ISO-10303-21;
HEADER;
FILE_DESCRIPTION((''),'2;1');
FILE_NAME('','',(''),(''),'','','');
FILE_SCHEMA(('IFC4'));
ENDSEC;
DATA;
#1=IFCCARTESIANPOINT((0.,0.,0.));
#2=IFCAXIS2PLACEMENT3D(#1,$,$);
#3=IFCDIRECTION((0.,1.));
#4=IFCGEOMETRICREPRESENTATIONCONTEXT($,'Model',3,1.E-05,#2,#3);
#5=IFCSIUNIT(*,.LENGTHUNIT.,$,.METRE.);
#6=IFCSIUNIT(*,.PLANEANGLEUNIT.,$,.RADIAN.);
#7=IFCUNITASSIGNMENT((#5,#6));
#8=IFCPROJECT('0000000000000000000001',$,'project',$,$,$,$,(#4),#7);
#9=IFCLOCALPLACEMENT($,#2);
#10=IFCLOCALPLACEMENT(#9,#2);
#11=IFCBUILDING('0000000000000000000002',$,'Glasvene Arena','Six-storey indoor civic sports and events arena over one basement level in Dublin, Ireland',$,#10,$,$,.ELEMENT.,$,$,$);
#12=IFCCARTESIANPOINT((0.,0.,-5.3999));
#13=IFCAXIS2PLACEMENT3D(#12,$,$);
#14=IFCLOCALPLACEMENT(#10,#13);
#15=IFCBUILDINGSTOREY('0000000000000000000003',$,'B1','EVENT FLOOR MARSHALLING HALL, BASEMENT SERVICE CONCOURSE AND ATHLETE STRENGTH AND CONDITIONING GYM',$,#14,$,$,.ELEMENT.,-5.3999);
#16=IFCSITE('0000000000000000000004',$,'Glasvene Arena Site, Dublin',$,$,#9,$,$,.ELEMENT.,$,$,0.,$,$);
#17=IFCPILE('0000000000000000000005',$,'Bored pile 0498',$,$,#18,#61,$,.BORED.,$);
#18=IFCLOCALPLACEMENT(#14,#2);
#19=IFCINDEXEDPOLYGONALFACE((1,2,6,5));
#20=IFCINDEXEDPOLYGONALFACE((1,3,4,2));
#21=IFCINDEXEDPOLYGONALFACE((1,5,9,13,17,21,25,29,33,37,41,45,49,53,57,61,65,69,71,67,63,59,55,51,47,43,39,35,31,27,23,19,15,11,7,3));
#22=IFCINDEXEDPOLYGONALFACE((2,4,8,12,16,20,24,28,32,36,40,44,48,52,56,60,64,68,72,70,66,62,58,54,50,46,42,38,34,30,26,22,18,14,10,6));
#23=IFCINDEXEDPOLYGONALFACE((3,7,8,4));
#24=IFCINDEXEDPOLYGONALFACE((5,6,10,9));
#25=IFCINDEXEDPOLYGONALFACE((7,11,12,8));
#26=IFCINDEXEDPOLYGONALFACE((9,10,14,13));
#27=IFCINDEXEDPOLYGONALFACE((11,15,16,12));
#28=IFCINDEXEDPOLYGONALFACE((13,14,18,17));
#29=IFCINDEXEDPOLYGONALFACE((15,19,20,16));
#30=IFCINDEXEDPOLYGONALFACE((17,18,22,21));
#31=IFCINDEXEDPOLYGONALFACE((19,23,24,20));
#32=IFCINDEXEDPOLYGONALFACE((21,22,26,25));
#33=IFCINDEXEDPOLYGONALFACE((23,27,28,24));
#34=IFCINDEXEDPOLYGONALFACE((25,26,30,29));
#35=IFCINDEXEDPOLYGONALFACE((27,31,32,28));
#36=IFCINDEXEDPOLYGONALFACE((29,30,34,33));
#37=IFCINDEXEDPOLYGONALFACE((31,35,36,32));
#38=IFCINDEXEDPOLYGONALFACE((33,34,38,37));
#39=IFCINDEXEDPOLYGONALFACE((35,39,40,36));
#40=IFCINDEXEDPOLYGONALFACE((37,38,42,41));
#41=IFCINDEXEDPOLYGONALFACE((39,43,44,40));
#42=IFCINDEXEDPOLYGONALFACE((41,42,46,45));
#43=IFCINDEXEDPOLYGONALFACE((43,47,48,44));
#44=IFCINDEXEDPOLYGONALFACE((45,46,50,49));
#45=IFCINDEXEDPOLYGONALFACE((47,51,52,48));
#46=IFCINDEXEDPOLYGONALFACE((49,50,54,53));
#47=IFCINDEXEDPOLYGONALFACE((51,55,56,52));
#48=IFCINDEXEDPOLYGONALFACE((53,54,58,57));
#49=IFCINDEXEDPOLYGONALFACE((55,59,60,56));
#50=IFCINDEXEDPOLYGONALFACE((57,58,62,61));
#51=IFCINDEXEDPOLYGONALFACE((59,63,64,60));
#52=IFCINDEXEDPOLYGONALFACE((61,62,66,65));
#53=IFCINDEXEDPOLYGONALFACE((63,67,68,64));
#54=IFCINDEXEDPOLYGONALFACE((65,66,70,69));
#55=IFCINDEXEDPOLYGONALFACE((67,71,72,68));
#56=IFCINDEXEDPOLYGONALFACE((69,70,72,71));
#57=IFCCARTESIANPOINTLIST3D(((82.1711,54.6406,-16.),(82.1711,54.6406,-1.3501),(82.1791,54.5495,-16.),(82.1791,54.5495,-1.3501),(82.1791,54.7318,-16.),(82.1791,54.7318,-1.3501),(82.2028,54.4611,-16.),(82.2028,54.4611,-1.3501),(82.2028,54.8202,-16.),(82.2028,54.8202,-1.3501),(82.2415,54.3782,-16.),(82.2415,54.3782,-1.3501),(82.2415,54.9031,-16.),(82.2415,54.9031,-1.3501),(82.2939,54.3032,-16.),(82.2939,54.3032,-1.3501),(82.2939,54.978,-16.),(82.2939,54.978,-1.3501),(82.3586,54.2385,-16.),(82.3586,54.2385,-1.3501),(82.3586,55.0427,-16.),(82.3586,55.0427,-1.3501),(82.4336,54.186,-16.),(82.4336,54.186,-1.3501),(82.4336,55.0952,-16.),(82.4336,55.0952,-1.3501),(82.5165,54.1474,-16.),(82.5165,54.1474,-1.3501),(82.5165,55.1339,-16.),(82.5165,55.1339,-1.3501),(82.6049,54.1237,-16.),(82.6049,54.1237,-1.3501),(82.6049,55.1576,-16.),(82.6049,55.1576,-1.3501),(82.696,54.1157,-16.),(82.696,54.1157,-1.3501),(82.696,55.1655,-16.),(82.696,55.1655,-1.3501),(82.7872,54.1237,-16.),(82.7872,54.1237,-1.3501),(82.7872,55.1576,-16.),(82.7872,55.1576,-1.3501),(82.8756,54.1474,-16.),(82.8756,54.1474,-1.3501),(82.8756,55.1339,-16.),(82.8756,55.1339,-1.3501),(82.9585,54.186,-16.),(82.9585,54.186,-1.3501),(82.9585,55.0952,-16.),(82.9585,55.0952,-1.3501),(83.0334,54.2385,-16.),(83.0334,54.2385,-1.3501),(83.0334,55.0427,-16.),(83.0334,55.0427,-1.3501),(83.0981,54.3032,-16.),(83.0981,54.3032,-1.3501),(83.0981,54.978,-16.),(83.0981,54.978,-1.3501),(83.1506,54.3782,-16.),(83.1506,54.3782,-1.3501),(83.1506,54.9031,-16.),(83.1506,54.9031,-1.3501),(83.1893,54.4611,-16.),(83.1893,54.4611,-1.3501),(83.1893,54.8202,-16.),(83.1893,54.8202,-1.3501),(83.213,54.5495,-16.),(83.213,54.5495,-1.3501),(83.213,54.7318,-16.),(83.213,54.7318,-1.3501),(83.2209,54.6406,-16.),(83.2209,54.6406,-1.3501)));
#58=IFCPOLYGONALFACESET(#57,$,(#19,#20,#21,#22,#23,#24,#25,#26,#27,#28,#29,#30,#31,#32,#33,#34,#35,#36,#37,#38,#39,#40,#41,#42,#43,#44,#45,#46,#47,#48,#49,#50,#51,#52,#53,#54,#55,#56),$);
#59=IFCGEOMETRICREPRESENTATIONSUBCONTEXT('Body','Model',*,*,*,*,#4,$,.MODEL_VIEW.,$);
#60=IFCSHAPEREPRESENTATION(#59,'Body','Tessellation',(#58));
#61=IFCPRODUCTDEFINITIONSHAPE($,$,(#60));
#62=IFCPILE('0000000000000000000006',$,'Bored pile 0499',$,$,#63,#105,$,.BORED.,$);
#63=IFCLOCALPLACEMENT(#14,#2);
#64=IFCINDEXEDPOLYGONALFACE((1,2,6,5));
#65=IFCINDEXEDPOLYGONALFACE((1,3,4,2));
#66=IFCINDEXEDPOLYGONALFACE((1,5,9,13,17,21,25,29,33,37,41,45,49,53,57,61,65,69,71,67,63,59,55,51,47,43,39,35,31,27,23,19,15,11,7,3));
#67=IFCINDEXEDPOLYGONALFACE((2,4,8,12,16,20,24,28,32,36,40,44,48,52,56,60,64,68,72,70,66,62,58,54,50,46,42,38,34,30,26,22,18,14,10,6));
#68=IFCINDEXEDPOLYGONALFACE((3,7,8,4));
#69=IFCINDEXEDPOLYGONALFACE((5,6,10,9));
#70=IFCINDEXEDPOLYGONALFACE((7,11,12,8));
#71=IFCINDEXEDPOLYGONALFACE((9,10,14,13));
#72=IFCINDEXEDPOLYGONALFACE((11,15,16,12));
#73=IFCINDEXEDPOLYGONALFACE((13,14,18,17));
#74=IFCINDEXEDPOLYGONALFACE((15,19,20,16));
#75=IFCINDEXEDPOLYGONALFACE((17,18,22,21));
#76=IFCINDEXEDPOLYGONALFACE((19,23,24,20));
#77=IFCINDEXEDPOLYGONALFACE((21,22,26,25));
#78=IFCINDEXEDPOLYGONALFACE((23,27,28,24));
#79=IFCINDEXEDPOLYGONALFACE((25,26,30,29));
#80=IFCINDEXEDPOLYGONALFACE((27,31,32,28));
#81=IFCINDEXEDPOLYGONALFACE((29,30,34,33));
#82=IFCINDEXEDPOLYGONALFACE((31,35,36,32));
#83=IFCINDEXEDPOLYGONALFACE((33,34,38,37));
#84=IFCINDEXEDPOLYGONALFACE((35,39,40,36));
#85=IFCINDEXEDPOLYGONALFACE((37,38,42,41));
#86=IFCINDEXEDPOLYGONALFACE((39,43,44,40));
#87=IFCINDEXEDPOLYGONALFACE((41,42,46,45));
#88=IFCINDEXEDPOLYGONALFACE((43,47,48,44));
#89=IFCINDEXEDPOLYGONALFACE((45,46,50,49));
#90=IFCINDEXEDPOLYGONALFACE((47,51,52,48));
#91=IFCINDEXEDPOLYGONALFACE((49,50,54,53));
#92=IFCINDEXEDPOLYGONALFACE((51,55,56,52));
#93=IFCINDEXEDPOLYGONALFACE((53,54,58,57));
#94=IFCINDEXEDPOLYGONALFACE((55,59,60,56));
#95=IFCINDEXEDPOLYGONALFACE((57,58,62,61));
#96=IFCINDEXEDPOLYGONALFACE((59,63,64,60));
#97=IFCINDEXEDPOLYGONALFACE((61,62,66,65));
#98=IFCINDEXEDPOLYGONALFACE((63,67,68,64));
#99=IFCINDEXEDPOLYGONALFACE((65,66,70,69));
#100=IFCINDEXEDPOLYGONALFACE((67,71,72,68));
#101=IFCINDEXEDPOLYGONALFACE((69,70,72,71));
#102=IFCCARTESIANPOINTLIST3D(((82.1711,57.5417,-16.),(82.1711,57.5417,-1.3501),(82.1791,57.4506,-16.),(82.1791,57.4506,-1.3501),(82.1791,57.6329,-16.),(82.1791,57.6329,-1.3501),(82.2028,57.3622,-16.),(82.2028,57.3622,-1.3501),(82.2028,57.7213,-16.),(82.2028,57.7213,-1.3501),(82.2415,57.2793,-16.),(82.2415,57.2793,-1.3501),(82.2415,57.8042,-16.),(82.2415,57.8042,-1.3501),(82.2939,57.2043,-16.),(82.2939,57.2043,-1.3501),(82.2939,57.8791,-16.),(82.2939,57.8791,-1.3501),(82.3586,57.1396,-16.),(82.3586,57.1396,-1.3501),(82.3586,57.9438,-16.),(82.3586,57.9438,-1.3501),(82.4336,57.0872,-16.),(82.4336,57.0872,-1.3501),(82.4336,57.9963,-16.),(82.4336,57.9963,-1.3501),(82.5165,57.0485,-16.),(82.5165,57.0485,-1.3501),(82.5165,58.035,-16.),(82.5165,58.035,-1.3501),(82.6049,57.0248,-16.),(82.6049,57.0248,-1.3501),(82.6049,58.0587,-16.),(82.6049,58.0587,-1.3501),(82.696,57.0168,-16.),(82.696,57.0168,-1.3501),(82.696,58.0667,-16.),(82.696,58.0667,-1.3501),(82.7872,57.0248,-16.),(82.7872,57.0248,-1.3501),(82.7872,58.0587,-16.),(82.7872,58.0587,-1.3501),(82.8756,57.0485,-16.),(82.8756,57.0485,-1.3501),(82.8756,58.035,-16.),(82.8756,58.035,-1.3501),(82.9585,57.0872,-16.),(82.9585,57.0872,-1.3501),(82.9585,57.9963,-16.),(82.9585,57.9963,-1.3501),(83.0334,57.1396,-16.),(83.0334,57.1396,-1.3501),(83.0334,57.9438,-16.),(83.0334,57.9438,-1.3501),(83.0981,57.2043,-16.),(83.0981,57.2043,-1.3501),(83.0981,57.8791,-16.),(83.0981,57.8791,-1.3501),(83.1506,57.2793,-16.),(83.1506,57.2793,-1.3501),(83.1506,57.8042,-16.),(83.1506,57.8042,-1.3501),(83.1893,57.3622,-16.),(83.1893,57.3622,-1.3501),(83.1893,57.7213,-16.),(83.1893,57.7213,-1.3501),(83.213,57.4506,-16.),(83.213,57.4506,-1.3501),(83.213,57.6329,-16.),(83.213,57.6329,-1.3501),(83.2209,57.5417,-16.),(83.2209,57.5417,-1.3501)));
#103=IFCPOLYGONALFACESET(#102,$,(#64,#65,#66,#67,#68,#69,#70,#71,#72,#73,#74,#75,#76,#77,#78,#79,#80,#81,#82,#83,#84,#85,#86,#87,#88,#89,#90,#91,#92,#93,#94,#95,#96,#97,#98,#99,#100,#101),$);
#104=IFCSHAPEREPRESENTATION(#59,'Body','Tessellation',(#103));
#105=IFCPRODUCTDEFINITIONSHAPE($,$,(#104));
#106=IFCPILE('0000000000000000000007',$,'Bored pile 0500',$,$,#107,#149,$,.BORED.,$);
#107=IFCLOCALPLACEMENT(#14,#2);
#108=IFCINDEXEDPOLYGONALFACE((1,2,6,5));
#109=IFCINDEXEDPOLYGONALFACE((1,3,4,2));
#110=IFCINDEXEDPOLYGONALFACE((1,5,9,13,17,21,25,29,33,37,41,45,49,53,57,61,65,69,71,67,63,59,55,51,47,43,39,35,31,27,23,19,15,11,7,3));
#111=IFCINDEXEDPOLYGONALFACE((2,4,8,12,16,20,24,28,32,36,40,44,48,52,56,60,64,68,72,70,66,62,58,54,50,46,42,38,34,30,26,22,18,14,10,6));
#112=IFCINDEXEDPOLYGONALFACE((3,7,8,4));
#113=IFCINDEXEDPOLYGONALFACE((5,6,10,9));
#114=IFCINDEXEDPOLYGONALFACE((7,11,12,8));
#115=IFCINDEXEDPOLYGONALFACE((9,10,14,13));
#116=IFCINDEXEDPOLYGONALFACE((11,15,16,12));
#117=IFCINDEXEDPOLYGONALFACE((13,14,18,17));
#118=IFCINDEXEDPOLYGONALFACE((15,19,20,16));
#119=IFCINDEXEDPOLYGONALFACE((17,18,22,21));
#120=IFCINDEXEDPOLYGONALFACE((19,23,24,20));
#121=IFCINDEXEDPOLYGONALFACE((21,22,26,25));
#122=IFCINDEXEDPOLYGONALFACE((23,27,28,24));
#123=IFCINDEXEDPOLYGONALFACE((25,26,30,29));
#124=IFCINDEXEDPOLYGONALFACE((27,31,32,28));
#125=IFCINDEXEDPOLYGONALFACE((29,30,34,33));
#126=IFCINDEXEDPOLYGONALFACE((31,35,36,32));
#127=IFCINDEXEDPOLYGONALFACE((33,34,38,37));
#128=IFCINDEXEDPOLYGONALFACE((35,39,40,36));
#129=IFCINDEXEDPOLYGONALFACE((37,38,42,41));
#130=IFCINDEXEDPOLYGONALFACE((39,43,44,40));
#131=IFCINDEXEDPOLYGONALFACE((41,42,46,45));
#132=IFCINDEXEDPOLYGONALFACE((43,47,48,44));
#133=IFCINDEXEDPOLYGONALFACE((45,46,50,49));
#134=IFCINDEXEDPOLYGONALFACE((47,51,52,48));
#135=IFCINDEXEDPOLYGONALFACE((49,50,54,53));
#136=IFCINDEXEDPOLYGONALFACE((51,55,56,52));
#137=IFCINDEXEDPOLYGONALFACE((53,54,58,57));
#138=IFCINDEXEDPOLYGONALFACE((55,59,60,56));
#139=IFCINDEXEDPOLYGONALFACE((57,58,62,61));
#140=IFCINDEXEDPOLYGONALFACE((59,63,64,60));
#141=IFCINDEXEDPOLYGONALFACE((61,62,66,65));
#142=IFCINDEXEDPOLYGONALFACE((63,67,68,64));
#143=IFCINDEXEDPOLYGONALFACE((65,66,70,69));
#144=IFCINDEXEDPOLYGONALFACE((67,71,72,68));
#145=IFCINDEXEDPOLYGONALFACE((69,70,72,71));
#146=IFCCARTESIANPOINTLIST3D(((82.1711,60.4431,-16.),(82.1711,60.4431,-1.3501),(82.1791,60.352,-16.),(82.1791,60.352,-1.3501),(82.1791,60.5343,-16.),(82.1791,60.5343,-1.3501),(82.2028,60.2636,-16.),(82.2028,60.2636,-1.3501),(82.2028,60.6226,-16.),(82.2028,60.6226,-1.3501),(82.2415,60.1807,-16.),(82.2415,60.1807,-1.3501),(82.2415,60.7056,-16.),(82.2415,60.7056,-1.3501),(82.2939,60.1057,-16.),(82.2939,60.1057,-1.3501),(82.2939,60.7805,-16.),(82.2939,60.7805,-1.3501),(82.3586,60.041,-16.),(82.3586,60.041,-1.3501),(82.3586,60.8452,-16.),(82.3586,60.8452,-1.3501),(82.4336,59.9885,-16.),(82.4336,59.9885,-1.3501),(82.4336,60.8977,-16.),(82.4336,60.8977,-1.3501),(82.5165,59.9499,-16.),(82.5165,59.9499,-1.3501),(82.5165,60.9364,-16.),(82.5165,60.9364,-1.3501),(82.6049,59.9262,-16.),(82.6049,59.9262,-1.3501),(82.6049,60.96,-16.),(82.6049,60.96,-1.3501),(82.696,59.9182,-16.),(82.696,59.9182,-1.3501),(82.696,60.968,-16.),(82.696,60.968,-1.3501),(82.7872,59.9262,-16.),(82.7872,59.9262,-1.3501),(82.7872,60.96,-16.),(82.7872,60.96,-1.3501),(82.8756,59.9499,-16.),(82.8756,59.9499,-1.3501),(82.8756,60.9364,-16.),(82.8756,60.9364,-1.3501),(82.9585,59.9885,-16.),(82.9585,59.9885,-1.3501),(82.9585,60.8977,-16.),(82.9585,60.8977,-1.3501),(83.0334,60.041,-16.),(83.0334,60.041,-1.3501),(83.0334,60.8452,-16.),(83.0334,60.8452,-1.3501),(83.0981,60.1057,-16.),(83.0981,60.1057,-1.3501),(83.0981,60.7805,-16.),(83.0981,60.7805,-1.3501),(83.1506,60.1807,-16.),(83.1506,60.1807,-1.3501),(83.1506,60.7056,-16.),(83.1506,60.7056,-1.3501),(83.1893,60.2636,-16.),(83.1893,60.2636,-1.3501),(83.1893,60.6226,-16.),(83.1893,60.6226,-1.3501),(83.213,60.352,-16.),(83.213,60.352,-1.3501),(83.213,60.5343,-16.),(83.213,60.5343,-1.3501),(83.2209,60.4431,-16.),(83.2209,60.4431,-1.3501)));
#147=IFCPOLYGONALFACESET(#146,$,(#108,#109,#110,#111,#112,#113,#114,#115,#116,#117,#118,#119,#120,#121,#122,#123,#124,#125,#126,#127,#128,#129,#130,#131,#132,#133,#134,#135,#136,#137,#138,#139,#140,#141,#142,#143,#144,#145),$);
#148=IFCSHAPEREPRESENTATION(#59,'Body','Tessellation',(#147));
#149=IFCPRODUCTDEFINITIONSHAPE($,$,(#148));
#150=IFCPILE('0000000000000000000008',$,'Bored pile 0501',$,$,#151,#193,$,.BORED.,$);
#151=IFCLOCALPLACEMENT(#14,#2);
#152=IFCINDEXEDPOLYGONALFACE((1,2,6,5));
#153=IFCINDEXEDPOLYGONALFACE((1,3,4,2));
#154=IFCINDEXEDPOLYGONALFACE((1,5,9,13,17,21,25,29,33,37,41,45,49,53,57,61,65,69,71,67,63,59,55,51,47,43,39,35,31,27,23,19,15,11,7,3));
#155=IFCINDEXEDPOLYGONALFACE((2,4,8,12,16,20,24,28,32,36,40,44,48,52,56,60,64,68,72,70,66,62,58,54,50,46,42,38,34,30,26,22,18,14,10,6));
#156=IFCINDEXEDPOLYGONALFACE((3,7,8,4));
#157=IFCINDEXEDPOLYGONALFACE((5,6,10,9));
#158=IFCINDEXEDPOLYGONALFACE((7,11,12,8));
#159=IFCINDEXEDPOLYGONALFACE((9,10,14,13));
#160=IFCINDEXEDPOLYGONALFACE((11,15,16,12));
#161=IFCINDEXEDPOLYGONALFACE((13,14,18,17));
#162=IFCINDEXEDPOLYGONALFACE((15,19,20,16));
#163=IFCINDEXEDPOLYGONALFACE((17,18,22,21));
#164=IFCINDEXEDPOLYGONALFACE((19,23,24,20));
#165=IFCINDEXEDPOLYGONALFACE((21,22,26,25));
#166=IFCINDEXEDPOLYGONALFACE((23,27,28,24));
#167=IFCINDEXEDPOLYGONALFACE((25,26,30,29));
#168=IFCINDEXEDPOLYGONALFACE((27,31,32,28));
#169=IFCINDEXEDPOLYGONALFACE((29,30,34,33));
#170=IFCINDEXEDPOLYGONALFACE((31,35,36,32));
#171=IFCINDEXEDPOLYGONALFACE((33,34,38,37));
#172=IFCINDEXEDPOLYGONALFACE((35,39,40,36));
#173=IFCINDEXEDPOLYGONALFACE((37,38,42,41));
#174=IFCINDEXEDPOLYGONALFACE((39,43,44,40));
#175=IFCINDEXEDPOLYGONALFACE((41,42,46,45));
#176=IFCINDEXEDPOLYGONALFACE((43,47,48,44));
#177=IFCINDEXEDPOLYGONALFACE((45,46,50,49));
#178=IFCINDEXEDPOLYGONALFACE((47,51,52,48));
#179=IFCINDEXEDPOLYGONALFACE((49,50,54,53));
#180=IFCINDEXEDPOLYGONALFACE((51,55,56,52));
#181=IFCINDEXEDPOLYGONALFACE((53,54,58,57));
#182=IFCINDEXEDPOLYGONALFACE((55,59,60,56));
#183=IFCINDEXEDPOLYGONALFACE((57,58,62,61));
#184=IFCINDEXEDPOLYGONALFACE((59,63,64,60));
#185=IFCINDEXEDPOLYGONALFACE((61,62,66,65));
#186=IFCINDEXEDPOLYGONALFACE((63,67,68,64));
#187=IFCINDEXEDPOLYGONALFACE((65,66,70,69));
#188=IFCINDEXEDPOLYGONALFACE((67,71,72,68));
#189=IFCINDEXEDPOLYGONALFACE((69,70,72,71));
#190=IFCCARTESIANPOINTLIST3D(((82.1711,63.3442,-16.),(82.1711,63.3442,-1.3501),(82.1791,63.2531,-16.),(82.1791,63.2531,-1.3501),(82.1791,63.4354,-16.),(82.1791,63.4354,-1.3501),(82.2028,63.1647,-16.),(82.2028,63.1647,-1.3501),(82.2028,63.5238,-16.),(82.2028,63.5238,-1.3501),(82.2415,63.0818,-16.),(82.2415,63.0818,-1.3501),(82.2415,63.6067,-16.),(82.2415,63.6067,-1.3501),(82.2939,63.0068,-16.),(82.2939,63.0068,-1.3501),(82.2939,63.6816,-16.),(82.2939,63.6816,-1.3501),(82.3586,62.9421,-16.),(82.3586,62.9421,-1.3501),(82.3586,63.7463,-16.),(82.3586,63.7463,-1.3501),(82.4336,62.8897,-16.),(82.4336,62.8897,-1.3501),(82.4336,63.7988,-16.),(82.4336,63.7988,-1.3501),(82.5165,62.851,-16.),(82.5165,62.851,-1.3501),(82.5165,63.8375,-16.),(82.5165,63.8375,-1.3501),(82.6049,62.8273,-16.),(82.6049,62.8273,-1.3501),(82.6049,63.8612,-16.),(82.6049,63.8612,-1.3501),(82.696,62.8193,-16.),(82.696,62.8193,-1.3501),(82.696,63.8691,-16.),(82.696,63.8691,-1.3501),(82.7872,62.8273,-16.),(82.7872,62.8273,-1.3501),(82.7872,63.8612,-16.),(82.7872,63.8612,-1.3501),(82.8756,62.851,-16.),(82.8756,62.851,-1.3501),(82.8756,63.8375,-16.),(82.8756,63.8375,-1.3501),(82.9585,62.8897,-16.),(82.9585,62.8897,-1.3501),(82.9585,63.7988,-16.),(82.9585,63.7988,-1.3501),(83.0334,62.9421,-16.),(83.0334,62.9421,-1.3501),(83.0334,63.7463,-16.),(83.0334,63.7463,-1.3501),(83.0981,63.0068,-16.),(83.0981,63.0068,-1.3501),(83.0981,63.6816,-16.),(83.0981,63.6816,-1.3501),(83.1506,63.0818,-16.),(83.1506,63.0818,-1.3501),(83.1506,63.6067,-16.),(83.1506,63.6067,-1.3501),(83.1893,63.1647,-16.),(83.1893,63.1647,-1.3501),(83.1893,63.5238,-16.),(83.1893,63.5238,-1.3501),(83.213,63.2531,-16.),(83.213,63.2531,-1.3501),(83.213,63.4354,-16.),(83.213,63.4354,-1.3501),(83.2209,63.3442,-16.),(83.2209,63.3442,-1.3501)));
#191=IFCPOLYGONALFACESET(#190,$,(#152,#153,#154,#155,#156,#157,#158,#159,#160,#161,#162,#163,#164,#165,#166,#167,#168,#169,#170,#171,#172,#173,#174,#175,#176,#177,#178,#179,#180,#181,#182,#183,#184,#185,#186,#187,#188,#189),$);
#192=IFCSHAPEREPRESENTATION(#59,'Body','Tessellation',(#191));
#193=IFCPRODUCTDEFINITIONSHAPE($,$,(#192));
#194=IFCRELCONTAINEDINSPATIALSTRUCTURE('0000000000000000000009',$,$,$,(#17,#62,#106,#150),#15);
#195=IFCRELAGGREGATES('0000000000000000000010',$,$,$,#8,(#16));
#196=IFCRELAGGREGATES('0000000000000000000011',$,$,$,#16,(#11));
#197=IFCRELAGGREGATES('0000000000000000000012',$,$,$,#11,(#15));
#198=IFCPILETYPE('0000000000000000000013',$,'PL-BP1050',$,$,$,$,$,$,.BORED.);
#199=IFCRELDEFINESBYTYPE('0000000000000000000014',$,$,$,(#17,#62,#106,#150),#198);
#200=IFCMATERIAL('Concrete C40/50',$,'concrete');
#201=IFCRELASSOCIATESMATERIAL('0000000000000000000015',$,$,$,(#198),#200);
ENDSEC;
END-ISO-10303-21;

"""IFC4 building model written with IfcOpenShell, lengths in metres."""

from ifc_helpers import new_model, si_unit, direction, frame, origin, origin_2d, place, context, subcontext, project, spatial, circle, extrude, material, material_profile, profile_set, type_object, element, save


model = new_model("IFC4")

# Units and contexts
model_context = context("Model", 3, precision=1e-05, world=origin(), true_north=direction((0.0, 1.0)))
body_context = subcontext(model_context, "Body", "Model", "MODEL_VIEW")
ifc_project = project(units=[si_unit("LENGTHUNIT", "METRE"), si_unit("PLANEANGLEUNIT", "RADIAN")], contexts=[model_context])

# Site, building, storey
site_placement = place(None, origin())
site = spatial("IfcSite", under=ifc_project, at=site_placement, Name="Glasvene Arena Site, Dublin", CompositionType="ELEMENT", RefElevation=0.0)
building_placement = place(site_placement, origin())
building = spatial("IfcBuilding", under=site, at=building_placement, Name="Glasvene Arena", Description="Six-storey indoor civic sports and events arena over one basement level in Dublin, Ireland", CompositionType="ELEMENT")
storey_placement = place(building_placement, frame((0.0, 0.0, -5.3999)))
storey = spatial("IfcBuildingStorey", under=building, at=storey_placement, Name="B1", Description="EVENT FLOOR MARSHALLING HALL, BASEMENT SERVICE CONCOURSE AND ATHLETE STRENGTH AND CONDITIONING GYM", CompositionType="ELEMENT", Elevation=-5.3999)

# Piles
ifc_material_1 = material(Name="Concrete C40/50", Category="concrete")
ifc_material_profile_1 = material_profile(ifc_material_1, circle(Radius=0.5249, at=origin_2d()), Name="BORED PILE 1050")
ifc_profile_set_1 = profile_set([ifc_material_profile_1], Name="Concrete C40/50")
pile_type = type_object("IfcPileType", Name="PL-BP1050", PredefinedType="BORED", material=ifc_profile_set_1)
for number, where, z_axis, x_axis, name in (
    (1, (82.696, 54.6406, -1.3501), (0.0, 0.0, -1.0), (1.0, 0.0, 0.0), "Bored pile 0498"),
    (2, (82.696, 57.5417, -1.3501), (0.0, 0.0, -1.0), (1.0, 0.0, 0.0), "Bored pile 0499"),
    (3, (82.696, 60.4431, -1.3501), (0.0, 0.0, -1.0), (1.0, 0.0, 0.0), "Bored pile 0500"),
    (4, (82.696, 63.3442, -1.3501), (0.0, 0.0, -1.0), (1.0, 0.0, 0.0), "Bored pile 0501"),
):
    element("IfcPile", number, at=place(storey_placement, frame(where, z_axis=z_axis, x_axis=x_axis)), inside=storey, type_object=pile_type, Name=name, PredefinedType="BORED", context=body_context, shape_type="SweptSolid", body=[
        extrude(circle(Radius=0.5249, at=origin_2d()), origin(), (0.0, 0.0, 1.0), 14.6499),
    ])

save(model, "model.ifc")
